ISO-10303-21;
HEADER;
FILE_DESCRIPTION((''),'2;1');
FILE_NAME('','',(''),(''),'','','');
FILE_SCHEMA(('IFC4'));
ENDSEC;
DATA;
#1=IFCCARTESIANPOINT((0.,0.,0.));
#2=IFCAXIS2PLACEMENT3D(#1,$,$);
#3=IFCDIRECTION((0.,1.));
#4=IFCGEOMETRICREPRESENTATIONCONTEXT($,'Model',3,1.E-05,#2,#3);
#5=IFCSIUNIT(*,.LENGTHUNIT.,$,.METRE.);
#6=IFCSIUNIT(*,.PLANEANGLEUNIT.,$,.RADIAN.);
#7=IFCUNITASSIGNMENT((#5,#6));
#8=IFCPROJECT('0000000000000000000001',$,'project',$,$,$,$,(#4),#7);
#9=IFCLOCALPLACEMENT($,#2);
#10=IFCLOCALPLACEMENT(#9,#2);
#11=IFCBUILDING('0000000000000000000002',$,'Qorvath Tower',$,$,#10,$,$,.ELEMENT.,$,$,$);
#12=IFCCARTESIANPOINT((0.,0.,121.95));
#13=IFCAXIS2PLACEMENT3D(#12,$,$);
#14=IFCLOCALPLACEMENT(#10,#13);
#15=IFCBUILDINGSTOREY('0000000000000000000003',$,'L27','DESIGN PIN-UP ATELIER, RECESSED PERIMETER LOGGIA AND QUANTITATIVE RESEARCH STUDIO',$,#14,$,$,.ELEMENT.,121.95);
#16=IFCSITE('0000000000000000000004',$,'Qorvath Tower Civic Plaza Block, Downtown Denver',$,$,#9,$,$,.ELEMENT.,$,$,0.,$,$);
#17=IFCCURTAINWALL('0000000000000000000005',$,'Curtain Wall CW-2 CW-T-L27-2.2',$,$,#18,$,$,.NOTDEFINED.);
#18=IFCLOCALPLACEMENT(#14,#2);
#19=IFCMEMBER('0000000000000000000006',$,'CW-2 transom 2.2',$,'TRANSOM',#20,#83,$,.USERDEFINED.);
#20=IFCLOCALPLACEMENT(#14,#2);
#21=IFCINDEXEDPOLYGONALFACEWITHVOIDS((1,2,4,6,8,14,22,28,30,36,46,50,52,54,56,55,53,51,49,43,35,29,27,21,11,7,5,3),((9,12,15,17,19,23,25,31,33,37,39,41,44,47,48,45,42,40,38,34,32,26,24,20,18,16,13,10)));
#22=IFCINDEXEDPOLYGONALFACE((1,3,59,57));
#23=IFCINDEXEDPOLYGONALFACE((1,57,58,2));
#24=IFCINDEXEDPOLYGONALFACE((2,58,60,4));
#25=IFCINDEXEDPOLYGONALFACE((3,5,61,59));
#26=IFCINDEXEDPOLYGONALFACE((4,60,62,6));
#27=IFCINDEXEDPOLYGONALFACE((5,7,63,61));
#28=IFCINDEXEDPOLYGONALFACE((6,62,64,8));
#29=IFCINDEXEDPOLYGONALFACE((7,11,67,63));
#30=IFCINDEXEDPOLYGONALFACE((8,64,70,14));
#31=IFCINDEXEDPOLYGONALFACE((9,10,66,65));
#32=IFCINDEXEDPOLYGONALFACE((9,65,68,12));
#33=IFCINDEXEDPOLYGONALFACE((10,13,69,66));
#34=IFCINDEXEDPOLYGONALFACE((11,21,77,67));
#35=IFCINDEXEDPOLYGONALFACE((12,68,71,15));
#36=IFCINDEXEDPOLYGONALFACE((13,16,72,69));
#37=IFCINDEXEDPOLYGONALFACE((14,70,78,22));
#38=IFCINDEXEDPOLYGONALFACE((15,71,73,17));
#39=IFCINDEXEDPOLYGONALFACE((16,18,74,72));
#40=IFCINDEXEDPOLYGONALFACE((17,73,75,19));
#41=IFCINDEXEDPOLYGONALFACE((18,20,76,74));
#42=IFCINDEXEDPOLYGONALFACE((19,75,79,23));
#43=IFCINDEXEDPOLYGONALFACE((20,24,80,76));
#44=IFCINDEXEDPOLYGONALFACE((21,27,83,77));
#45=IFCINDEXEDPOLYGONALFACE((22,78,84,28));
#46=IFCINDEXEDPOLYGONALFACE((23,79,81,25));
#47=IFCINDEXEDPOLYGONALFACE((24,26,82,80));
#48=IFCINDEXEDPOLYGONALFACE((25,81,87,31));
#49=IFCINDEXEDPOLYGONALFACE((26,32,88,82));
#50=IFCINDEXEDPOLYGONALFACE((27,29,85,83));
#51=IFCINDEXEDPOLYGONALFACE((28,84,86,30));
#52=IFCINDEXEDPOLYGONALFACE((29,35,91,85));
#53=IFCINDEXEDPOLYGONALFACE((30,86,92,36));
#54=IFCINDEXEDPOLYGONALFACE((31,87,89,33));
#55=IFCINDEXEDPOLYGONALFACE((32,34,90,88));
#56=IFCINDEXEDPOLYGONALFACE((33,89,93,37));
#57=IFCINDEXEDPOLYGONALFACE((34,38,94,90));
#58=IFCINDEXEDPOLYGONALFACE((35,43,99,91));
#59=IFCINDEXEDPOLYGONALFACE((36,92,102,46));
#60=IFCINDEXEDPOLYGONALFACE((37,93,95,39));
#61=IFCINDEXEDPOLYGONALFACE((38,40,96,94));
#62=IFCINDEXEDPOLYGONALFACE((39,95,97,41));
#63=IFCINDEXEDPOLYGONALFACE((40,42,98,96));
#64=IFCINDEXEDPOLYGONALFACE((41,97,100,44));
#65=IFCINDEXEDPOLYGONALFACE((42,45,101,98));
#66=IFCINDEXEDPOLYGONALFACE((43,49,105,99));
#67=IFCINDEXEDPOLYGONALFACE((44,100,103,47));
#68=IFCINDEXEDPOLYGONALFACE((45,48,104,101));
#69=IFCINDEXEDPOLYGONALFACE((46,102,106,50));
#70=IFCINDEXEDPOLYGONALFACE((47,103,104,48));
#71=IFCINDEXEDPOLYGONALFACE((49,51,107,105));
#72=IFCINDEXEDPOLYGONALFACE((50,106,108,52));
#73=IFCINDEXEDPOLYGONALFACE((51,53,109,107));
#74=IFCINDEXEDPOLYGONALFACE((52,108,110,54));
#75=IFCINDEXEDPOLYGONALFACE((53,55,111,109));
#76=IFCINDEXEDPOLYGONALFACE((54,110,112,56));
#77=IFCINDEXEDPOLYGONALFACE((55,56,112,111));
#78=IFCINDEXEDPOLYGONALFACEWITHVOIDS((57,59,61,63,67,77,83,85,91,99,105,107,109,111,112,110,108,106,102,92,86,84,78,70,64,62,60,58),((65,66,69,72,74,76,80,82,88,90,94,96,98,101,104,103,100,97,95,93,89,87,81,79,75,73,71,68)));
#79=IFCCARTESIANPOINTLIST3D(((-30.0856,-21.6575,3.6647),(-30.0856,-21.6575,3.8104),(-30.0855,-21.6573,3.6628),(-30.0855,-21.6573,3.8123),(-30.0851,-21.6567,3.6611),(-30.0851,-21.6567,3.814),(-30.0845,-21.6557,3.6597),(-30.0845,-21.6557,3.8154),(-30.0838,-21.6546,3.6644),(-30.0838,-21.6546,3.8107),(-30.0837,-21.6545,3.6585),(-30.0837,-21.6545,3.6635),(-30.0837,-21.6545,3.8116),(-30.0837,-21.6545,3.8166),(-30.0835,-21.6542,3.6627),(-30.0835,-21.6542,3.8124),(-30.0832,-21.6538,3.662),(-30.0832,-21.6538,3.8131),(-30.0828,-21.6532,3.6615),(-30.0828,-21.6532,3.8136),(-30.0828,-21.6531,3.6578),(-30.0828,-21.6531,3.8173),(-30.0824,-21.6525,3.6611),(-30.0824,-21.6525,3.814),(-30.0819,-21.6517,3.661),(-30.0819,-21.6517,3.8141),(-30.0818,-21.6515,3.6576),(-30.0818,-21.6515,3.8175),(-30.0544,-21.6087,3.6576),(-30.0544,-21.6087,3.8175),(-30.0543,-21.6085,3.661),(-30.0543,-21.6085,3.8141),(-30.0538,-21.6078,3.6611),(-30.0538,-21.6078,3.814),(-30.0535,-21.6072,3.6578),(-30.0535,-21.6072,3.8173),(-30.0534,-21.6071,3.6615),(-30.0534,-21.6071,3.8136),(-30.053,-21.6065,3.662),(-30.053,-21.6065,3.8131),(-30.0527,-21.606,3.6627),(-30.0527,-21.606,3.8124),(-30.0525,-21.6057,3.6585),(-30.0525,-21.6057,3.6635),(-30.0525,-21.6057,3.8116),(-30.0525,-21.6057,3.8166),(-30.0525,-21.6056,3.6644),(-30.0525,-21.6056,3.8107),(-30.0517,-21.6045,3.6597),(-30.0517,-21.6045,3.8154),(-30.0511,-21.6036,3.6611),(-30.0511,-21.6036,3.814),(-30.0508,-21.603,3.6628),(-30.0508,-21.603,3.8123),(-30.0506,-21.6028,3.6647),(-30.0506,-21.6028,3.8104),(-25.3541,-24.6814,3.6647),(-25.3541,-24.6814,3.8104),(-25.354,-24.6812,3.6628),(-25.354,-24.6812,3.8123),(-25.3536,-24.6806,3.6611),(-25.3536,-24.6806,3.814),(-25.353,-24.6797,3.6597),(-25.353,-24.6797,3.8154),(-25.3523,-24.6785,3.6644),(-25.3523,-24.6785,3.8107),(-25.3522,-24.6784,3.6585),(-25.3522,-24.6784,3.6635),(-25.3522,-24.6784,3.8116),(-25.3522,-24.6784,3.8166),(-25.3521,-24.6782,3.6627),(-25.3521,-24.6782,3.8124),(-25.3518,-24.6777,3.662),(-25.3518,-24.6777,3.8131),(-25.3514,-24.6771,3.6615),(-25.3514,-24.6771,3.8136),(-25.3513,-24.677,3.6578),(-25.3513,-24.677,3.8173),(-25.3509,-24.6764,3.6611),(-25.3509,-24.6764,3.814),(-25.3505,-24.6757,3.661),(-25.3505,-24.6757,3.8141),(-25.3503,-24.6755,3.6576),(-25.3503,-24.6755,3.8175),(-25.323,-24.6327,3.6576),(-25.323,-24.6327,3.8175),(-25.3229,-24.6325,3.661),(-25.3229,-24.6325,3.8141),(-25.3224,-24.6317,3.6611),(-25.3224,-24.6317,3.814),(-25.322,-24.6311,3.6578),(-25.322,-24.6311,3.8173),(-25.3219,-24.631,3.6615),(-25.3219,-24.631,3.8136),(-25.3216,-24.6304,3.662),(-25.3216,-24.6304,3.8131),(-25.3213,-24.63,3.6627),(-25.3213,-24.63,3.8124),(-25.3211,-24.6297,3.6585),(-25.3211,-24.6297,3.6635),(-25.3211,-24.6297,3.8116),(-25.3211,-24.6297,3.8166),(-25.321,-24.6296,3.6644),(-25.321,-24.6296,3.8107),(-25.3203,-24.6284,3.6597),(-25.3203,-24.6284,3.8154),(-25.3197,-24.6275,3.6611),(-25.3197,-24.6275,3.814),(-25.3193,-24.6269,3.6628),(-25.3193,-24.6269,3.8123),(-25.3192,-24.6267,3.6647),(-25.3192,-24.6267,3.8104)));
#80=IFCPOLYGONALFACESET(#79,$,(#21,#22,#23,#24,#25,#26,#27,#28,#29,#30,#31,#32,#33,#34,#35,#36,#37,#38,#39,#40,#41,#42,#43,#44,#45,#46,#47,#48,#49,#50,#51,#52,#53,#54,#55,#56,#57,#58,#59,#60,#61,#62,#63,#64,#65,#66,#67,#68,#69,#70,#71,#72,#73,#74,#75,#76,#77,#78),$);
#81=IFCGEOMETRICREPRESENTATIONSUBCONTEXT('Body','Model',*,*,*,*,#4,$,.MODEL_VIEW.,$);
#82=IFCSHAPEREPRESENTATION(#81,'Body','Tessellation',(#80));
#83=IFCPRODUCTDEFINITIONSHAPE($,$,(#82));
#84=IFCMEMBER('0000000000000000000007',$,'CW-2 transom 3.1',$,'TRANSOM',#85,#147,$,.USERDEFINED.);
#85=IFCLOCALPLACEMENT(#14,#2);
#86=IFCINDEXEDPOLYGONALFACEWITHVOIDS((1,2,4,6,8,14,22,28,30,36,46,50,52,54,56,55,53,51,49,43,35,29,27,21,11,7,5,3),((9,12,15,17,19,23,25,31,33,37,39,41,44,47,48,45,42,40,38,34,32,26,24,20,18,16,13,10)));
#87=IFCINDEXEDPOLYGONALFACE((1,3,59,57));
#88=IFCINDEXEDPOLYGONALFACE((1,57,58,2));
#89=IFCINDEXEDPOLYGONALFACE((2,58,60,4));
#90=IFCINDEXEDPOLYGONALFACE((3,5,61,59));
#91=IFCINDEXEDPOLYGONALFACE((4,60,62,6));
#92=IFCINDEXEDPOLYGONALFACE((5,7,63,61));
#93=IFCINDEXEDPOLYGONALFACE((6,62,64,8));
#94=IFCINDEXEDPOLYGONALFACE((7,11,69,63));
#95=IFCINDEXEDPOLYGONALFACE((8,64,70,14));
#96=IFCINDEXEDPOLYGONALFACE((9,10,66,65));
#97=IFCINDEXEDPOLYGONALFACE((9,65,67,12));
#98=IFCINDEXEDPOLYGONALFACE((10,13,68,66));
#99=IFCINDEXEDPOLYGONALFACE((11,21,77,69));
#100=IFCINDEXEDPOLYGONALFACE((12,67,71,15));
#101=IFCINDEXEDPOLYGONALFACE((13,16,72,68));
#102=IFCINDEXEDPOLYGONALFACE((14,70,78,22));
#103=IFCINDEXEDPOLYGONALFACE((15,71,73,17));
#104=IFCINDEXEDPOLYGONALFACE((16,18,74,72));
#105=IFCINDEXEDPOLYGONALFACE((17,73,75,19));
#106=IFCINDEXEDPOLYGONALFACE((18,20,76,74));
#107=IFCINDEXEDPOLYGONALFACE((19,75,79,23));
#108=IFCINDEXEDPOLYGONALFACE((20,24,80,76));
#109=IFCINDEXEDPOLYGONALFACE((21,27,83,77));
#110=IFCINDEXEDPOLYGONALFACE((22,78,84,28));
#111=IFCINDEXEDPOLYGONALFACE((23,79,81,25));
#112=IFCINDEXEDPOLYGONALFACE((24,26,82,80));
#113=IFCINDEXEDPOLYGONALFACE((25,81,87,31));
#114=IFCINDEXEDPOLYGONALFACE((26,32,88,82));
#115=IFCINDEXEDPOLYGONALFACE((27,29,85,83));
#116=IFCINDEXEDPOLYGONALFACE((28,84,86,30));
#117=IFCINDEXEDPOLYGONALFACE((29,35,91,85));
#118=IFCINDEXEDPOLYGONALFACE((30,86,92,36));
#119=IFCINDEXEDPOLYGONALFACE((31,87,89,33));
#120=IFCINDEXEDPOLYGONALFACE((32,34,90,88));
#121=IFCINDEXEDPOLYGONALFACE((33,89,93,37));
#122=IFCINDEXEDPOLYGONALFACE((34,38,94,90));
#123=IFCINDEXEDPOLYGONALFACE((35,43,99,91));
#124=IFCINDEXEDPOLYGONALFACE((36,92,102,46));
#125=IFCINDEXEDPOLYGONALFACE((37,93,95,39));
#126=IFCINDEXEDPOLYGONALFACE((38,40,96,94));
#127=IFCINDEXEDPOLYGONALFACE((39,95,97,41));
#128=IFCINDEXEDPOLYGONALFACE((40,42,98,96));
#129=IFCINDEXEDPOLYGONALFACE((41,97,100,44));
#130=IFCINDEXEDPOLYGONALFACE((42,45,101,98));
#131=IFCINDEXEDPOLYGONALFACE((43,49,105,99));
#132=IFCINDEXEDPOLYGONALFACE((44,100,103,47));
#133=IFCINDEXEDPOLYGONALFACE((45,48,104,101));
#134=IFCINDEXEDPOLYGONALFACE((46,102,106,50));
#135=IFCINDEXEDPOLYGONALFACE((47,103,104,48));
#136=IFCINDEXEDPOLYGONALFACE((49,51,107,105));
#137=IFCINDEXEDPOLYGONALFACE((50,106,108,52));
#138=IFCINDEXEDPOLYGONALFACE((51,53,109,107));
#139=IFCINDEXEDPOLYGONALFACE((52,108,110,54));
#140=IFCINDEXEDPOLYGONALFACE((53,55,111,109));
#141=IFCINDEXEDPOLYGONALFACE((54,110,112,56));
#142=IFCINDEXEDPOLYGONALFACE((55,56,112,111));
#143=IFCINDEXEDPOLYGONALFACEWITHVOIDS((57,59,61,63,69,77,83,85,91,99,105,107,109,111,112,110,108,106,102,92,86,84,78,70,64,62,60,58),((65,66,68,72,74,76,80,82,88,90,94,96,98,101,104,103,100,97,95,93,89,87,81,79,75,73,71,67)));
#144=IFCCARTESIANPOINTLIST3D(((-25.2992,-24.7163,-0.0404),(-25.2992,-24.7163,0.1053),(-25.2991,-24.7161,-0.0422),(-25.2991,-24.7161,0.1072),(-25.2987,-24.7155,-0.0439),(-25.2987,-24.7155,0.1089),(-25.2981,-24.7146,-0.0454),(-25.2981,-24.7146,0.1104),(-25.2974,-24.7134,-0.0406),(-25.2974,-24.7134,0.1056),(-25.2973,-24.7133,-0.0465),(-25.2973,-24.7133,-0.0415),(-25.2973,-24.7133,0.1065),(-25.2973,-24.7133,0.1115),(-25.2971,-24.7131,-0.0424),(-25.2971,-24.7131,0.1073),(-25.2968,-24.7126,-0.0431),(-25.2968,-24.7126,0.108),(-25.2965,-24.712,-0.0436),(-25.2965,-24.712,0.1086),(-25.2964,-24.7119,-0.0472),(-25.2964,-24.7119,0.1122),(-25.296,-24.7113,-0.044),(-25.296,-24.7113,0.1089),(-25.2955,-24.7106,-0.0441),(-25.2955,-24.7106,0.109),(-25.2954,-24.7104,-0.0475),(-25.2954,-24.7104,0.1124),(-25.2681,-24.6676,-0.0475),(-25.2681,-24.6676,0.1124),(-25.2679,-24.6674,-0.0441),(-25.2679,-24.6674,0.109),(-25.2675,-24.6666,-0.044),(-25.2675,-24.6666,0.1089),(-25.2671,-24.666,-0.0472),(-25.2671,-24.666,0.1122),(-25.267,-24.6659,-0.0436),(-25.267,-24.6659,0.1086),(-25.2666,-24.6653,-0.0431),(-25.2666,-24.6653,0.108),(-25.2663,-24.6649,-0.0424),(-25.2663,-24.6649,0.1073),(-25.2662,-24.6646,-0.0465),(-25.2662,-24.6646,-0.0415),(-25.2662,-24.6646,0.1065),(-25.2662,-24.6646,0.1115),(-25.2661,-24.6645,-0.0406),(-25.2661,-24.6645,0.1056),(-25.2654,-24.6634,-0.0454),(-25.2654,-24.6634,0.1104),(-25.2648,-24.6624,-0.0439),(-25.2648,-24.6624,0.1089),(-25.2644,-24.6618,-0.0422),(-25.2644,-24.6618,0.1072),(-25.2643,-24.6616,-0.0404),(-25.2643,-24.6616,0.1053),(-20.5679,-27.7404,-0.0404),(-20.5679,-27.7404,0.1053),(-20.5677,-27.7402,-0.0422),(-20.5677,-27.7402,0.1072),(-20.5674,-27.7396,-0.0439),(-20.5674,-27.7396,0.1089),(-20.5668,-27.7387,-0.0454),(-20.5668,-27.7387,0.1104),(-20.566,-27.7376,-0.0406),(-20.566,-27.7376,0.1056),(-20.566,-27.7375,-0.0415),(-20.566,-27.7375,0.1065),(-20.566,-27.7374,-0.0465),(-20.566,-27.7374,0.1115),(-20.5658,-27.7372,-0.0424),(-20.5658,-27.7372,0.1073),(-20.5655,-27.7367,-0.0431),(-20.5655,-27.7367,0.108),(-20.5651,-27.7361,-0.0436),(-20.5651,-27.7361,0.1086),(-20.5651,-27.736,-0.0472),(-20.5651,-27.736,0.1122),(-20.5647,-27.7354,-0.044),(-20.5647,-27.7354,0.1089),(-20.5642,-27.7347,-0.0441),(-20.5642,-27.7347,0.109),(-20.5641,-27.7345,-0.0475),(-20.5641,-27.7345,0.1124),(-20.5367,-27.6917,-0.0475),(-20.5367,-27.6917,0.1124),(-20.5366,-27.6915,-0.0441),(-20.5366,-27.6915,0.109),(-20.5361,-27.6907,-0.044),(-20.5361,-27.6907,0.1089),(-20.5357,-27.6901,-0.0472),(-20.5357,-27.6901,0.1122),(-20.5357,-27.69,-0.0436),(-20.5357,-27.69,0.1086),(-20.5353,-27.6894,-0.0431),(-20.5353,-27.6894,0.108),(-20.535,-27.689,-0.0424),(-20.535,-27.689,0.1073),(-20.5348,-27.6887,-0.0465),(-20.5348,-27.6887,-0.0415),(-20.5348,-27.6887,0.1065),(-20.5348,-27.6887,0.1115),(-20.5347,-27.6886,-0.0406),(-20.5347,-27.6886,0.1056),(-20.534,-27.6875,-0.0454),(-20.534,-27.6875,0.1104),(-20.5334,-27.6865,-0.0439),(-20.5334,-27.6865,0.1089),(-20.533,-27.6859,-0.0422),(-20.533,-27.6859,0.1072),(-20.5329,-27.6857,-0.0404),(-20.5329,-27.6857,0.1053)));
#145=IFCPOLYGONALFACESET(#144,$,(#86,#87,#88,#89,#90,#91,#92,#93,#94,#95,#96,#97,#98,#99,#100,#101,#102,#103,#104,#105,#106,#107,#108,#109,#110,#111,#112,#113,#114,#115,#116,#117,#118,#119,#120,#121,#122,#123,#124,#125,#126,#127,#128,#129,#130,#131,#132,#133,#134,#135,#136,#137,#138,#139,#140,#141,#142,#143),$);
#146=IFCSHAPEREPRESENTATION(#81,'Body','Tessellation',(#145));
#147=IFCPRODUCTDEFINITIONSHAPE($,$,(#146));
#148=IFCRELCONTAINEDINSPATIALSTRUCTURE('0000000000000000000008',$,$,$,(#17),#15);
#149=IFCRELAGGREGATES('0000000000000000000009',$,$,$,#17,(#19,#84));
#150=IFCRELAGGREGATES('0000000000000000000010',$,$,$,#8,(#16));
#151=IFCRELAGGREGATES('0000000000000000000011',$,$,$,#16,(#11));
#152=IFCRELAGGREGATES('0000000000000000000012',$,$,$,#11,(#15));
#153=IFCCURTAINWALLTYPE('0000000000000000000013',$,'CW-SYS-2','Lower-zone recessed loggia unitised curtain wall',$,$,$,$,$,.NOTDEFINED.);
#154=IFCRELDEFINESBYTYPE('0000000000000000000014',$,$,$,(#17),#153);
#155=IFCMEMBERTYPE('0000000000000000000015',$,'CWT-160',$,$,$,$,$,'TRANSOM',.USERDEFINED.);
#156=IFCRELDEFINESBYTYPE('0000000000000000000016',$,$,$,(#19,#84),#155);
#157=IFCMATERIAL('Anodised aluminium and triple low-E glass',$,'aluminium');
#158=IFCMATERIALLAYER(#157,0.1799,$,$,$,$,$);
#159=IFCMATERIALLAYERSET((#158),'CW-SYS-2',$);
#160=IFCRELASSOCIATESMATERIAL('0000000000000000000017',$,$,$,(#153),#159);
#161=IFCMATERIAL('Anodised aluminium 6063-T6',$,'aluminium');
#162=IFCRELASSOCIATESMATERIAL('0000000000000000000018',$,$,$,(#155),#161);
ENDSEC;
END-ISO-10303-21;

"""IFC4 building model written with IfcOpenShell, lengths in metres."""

from ifc_helpers import new_model, si_unit, direction, frame, origin, origin_2d, place, context, subcontext, project, spatial, hollow_rectangle, extrude, material, layer, layer_set, material_profile, profile_set, type_object, element, aggregate, save


model = new_model("IFC4")

# Units and contexts
model_context = context("Model", 3, precision=1e-05, world=origin(), true_north=direction((0.0, 1.0)))
body_context = subcontext(model_context, "Body", "Model", "MODEL_VIEW")
ifc_project = project(units=[si_unit("LENGTHUNIT", "METRE"), si_unit("PLANEANGLEUNIT", "RADIAN")], contexts=[model_context])

# Site, building, storey
site_placement = place(None, origin())
site = spatial("IfcSite", under=ifc_project, at=site_placement, Name="Qorvath Tower Civic Plaza Block, Downtown Denver", CompositionType="ELEMENT", RefElevation=0.0)
building_placement = place(site_placement, origin())
building = spatial("IfcBuilding", under=site, at=building_placement, Name="Qorvath Tower", CompositionType="ELEMENT")
storey_placement = place(building_placement, frame((0.0, 0.0, 121.95)))
storey = spatial("IfcBuildingStorey", under=building, at=storey_placement, Name="L27", Description="DESIGN PIN-UP ATELIER, RECESSED PERIMETER LOGGIA AND QUANTITATIVE RESEARCH STUDIO", CompositionType="ELEMENT", Elevation=121.95)

# Curtain wall, members
ifc_material_1 = material(Name="Anodised aluminium and triple low-E glass", Category="aluminium")
ifc_layer_1 = layer(ifc_material_1, 0.1799)
ifc_layer_set_1 = layer_set([ifc_layer_1], Name="CW-SYS-2")
curtain_wall_type = type_object("IfcCurtainWallType", Name="CW-SYS-2", Description="Lower-zone recessed loggia unitised curtain wall", PredefinedType="NOTDEFINED", material=ifc_layer_set_1)
curtain_wall_placement = place(storey_placement, origin())
curtain_wall = element("IfcCurtainWall", 1, at=curtain_wall_placement, inside=storey, type_object=curtain_wall_type, Name="Curtain Wall CW-2 CW-T-L27-2.2", PredefinedType="NOTDEFINED")
ifc_material_2 = material(Name="Anodised aluminium 6063-T6", Category="aluminium")
ifc_material_profile_1 = material_profile(ifc_material_2, hollow_rectangle(XDim=0.0649, YDim=0.1599, WallThickness=0.0034, InnerFilletRadius=0.0034, OuterFilletRadius=0.0071, at=origin_2d()), Name="CWT 160x65")
ifc_profile_set_1 = profile_set([ifc_material_profile_1], Name="Anodised aluminium 6063-T6")
member_type_1 = type_object("IfcMemberType", Name="CWT-160", ElementType="TRANSOM", PredefinedType="USERDEFINED", material=ifc_profile_set_1)
member_1_placement = place(storey_placement, frame((-30.0681, -21.6301, 3.7375), z_axis=(0.842611, -0.538523, 0.0), x_axis=(0.538523, 0.842611, 0.0)))
member_1 = element("IfcMember", 2, at=member_1_placement, type_object=member_type_1, Name="CW-2 transom 2.2", ObjectType="TRANSOM", PredefinedType="USERDEFINED", context=body_context, shape_type="SweptSolid", body=[
    extrude(hollow_rectangle(XDim=0.0649, YDim=0.1599, WallThickness=0.0034, InnerFilletRadius=0.0034, OuterFilletRadius=0.0071, at=origin_2d()), origin(), (0.0, 0.0, 1.0), 5.6152),
])
member_2_placement = place(storey_placement, frame((-25.2817, -24.689, 0.0325), z_axis=(0.842591, -0.538554, 0.0), x_axis=(0.538554, 0.842591, 0.0)))
member_2 = element("IfcMember", 3, at=member_2_placement, type_object=member_type_1, Name="CW-2 transom 3.1", ObjectType="TRANSOM", PredefinedType="USERDEFINED", context=body_context, shape_type="SweptSolid", body=[
    extrude(hollow_rectangle(XDim=0.0649, YDim=0.1599, WallThickness=0.0034, InnerFilletRadius=0.0034, OuterFilletRadius=0.0071, at=origin_2d()), origin(), (0.0, 0.0, 1.0), 5.6152),
])
aggregate(curtain_wall, [member_1, member_2])

save(model, "model.ifc")
